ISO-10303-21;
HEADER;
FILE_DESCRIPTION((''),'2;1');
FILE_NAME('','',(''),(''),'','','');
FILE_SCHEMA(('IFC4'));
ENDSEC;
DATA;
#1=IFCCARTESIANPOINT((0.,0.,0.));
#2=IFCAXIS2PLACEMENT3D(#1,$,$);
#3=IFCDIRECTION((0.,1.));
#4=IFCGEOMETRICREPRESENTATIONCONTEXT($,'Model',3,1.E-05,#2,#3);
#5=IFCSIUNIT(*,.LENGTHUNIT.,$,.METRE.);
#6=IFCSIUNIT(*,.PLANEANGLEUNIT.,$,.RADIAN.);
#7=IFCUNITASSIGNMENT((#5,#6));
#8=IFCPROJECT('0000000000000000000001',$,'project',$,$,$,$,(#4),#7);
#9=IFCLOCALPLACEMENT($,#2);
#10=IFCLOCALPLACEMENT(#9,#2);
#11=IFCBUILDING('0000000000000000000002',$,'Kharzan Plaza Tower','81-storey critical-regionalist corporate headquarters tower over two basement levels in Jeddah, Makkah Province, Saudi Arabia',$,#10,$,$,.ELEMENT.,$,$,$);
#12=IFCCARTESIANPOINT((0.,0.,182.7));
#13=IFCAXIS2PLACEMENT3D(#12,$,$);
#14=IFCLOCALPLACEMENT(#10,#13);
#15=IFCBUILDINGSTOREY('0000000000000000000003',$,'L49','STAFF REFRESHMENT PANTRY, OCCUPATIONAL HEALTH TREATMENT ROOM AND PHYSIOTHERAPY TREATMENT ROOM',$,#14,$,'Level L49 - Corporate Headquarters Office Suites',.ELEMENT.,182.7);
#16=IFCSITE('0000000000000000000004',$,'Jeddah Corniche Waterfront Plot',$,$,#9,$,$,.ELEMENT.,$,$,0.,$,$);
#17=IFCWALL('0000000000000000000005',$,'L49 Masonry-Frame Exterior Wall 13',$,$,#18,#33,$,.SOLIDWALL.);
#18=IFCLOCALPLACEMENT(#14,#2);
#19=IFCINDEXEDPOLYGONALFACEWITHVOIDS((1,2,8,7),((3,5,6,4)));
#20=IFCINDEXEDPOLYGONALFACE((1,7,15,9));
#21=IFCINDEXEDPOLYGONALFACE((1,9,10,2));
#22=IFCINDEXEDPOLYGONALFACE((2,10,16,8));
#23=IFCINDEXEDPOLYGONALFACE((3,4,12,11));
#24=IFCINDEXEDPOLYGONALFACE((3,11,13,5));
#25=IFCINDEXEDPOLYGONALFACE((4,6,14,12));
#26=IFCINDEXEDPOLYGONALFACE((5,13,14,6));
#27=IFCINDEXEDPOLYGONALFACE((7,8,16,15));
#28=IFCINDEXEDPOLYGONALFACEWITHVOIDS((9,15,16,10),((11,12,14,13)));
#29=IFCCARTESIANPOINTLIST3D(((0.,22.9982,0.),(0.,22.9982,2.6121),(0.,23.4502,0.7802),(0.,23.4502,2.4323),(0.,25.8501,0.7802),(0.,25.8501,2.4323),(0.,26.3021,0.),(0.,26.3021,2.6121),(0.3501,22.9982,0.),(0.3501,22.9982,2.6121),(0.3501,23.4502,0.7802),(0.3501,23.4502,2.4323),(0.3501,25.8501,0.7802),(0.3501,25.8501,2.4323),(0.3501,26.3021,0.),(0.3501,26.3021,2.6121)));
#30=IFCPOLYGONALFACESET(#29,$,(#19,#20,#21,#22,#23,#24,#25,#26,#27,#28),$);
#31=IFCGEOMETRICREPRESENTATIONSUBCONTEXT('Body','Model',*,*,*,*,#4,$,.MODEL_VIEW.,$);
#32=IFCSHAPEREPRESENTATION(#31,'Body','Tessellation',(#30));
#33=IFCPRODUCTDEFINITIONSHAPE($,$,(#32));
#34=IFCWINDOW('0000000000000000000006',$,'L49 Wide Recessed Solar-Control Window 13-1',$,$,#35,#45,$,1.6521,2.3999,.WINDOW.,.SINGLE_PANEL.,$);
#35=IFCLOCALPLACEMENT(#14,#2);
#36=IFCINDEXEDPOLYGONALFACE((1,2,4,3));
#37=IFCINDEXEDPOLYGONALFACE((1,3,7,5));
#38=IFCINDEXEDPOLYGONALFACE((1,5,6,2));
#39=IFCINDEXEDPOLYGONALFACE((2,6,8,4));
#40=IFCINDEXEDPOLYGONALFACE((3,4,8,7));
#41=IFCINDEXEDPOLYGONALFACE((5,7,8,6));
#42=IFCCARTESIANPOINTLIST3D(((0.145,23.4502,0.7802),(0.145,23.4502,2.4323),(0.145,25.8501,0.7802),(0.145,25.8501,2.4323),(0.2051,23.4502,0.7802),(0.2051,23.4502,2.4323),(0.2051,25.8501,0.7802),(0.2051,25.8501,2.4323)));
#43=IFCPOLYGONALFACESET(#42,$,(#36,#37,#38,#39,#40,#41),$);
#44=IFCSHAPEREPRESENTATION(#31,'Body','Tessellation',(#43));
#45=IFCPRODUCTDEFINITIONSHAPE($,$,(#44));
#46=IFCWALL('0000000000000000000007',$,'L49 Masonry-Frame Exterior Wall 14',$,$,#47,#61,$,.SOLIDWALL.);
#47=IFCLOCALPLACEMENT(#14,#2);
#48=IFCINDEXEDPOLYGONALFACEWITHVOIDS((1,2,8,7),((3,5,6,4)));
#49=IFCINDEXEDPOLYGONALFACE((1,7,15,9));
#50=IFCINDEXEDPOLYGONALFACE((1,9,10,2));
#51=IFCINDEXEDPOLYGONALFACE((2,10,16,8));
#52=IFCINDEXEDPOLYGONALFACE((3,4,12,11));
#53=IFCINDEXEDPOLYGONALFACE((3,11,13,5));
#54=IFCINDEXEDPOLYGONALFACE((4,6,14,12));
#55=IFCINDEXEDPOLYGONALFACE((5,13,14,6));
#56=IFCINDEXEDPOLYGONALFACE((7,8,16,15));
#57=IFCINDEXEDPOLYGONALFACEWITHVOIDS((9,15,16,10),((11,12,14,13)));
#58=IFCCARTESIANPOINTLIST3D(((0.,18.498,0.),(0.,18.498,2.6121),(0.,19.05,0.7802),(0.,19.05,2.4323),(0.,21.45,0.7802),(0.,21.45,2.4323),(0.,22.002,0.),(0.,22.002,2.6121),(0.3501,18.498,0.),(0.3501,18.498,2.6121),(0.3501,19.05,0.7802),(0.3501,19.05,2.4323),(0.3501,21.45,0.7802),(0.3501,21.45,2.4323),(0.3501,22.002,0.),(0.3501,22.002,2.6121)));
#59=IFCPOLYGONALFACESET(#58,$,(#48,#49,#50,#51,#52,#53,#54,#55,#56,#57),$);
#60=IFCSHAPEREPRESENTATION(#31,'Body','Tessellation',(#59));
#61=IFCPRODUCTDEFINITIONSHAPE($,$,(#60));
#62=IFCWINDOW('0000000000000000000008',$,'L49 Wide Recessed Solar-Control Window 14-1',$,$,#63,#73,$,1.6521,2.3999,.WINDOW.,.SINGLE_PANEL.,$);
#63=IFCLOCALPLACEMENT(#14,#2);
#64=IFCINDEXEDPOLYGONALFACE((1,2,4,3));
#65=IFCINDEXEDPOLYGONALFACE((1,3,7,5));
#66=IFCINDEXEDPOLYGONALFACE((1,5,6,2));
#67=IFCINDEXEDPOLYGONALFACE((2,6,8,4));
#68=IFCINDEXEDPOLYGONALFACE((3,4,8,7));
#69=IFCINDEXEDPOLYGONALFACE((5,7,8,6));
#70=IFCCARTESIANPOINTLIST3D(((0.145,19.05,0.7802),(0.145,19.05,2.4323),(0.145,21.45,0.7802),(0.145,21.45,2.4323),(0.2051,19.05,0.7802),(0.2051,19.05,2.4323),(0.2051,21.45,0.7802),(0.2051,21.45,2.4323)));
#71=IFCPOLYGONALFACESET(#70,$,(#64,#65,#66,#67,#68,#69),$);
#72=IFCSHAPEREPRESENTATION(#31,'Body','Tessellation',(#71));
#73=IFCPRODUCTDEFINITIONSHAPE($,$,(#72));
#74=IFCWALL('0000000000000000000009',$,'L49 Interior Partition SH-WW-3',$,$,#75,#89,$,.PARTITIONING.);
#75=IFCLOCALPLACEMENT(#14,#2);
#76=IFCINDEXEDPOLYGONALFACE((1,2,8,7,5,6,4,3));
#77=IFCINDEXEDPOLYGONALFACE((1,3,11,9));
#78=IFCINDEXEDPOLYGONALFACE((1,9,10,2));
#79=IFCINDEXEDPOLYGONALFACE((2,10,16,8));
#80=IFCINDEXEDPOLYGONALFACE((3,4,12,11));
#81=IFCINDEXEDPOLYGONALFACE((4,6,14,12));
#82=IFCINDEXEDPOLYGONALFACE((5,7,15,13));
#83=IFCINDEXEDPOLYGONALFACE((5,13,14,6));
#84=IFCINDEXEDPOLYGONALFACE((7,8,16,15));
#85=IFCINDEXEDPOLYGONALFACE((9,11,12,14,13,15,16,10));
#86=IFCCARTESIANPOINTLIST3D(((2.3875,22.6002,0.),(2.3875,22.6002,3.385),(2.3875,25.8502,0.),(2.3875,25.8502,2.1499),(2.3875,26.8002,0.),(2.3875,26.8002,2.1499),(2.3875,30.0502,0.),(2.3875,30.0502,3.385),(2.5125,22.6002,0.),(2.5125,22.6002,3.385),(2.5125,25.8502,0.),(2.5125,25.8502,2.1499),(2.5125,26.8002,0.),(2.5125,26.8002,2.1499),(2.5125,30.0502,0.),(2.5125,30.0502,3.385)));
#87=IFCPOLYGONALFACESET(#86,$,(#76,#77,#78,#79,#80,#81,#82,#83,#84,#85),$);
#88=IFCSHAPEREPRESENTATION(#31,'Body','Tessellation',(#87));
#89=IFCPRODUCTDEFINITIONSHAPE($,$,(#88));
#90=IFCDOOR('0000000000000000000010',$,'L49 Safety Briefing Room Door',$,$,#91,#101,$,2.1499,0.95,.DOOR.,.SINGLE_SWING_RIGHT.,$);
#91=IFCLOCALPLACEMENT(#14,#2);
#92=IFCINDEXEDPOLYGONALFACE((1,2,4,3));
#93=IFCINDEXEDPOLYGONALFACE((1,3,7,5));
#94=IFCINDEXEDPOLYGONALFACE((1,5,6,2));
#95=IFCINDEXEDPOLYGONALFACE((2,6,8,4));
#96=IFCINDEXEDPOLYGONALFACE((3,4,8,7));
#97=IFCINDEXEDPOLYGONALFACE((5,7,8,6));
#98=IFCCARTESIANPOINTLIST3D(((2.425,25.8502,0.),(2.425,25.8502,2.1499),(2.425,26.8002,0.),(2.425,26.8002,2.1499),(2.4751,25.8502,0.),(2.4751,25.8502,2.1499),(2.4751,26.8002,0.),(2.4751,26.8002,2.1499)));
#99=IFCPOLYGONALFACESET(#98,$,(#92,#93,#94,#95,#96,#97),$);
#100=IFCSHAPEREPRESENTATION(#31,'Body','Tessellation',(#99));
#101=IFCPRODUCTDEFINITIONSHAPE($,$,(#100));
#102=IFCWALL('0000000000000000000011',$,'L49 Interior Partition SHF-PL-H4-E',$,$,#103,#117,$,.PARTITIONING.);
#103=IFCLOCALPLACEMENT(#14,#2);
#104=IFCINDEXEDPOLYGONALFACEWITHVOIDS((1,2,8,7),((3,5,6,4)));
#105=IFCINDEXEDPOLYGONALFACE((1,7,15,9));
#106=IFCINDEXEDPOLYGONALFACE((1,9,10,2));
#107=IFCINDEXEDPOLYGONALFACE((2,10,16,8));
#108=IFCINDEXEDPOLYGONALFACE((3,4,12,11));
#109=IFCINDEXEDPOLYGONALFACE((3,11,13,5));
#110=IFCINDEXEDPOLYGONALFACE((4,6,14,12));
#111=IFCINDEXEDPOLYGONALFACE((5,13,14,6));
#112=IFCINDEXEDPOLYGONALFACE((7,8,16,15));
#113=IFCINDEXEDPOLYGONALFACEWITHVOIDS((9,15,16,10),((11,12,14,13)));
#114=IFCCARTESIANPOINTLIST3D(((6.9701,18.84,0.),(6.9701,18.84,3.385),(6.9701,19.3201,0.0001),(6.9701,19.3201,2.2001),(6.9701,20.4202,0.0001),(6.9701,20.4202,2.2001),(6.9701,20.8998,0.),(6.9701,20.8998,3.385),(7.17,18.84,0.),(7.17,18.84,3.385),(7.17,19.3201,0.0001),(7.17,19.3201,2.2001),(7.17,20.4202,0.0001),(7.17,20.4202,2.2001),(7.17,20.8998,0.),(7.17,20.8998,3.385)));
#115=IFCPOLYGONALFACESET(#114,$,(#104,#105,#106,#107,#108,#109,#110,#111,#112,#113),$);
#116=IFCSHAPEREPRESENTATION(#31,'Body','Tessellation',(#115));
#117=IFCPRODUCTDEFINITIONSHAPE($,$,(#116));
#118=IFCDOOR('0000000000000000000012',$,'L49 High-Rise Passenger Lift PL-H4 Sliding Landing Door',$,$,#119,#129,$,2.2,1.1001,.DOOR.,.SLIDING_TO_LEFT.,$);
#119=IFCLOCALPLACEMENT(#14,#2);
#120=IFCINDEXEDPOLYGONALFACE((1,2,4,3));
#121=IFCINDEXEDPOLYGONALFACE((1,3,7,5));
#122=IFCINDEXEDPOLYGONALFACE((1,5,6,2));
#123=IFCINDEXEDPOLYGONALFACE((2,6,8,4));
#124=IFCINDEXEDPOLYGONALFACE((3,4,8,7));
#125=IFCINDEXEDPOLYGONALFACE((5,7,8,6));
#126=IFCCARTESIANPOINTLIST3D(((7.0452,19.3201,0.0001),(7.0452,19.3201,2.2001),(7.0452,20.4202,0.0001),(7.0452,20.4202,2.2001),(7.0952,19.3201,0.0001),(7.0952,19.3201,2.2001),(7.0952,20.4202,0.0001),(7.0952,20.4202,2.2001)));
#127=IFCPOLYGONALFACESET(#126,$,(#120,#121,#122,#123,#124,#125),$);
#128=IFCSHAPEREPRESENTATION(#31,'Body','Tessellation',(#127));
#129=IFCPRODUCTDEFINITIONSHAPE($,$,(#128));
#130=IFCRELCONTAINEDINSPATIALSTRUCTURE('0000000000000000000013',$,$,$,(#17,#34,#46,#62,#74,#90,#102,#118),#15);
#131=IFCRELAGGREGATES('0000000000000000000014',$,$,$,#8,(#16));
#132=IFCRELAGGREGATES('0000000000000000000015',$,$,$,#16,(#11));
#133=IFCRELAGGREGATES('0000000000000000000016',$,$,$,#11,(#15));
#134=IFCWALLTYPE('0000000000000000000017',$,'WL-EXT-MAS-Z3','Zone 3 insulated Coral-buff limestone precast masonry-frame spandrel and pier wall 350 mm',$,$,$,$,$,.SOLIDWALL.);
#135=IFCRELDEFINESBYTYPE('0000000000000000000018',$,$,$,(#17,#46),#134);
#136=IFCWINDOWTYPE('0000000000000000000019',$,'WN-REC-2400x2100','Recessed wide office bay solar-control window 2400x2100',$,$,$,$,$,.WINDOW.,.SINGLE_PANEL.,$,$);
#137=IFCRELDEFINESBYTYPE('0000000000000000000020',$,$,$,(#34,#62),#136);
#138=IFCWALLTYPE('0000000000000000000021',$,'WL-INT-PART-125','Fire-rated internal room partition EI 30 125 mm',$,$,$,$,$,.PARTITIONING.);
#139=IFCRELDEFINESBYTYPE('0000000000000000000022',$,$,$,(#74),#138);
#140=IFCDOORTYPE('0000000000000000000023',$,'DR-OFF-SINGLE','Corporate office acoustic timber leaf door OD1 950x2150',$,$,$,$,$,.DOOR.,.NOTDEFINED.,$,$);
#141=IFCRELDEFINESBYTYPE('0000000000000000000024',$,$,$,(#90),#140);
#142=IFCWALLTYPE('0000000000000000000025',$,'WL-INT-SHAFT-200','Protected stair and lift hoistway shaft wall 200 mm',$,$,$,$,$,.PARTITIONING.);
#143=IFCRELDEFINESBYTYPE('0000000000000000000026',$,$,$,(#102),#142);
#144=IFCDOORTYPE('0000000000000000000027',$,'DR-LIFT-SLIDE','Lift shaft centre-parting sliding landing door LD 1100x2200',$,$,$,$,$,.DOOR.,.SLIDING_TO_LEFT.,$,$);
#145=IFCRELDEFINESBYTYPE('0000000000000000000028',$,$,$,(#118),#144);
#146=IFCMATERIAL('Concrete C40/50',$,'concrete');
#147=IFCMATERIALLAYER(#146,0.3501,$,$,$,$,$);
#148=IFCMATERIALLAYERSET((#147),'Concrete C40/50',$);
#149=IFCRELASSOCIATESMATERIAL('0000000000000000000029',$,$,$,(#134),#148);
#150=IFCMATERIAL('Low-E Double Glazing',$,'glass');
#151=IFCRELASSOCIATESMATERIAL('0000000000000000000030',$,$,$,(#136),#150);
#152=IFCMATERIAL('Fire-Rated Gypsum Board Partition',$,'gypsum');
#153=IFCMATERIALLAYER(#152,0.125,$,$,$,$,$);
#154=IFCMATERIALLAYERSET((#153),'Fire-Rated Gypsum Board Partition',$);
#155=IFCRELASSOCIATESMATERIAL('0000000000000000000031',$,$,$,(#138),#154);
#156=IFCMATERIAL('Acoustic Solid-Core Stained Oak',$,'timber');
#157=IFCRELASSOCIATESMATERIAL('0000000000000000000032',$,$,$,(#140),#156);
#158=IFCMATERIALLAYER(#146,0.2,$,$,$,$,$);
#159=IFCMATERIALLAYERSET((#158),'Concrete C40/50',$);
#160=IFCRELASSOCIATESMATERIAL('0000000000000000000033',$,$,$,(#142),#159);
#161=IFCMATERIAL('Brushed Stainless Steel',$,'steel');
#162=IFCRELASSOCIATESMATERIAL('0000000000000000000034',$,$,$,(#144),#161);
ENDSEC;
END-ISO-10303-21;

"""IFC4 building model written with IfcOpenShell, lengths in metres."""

from ifc_helpers import new_model, si_unit, direction, frame, frame_2d, origin, place, context, subcontext, project, spatial, rectangle, extrude, source, transform, mapped, material, layer, layer_set, type_object, element, fill, save


model = new_model("IFC4")

# Units and contexts
model_context = context("Model", 3, precision=1e-05, world=origin(), true_north=direction((0.0, 1.0)))
body_context = subcontext(model_context, "Body", "Model", "MODEL_VIEW")
ifc_project = project(units=[si_unit("LENGTHUNIT", "METRE"), si_unit("PLANEANGLEUNIT", "RADIAN")], contexts=[model_context])

# Site, building, storey
site_placement = place(None, origin())
site = spatial("IfcSite", under=ifc_project, at=site_placement, Name="Jeddah Corniche Waterfront Plot", CompositionType="ELEMENT", RefElevation=0.0)
building_placement = place(site_placement, origin())
building = spatial("IfcBuilding", under=site, at=building_placement, Name="Kharzan Plaza Tower", Description="81-storey critical-regionalist corporate headquarters tower over two basement levels in Jeddah, Makkah Province, Saudi Arabia", CompositionType="ELEMENT")
storey_placement = place(building_placement, frame((0.0, 0.0, 182.7)))
storey = spatial("IfcBuildingStorey", under=building, at=storey_placement, Name="L49", Description="STAFF REFRESHMENT PANTRY, OCCUPATIONAL HEALTH TREATMENT ROOM AND PHYSIOTHERAPY TREATMENT ROOM", LongName="Level L49 - Corporate Headquarters Office Suites", CompositionType="ELEMENT", Elevation=182.7)

# Walls, openings, windows
ifc_material_1 = material(Name="Concrete C40/50", Category="concrete")
ifc_layer_1 = layer(ifc_material_1, 0.3501)
ifc_layer_set_1 = layer_set([ifc_layer_1], Name="Concrete C40/50")
wall_type_1 = type_object("IfcWallType", Name="WL-EXT-MAS-Z3", Description="Zone 3 insulated Coral-buff limestone precast masonry-frame spandrel and pier wall 350 mm", PredefinedType="SOLIDWALL", material=ifc_layer_set_1)
wall_1_placement = place(storey_placement, frame((0.175, 26.302, 0.0), z_axis=(0.0, 0.0, 1.0), x_axis=(0.0, -1.0, 0.0)))
wall_1 = element("IfcWall", 1, at=wall_1_placement, inside=storey, type_object=wall_type_1, Name="L49 Masonry-Frame Exterior Wall 13", PredefinedType="SOLIDWALL", context=body_context, shape_type="SweptSolid", body=[
    extrude(rectangle(XDim=3.304, YDim=0.3501, at=frame_2d((1.6519, 0.0))), origin(), (0.0, 0.0, 1.0), 2.6121),
])
opening_1_placement = place(wall_1_placement, frame((0.4519, 0.0, 0.78)))
opening_1 = element("IfcOpeningElement", 2, at=opening_1_placement, cuts=wall_1, PredefinedType="OPENING", context=body_context, shape_type="SweptSolid", body=[
    extrude(rectangle(XDim=2.3999, YDim=1.6521, at=frame_2d((1.2, 0.8262))), frame((0.0, 0.1851, 0.0), z_axis=(0.0, -1.0, 0.0), x_axis=(1.0, 0.0, 0.0)), (0.0, 0.0, 1.0), 0.3701),
])
ifc_material_2 = material(Name="Low-E Double Glazing", Category="glass")
window_type = type_object("IfcWindowType", Name="WN-REC-2400x2100", Description="Recessed wide office bay solar-control window 2400x2100", PartitioningType="SINGLE_PANEL", PredefinedType="WINDOW", material=ifc_material_2)
shared_shape_1 = source(origin(), body_context, "Body", "SweptSolid", [
    extrude(rectangle(XDim=2.3999, YDim=1.6521, at=frame_2d((1.2, 0.8262))), frame((0.0, 0.03, 0.0), z_axis=(0.0, -1.0, 0.0), x_axis=(1.0, 0.0, 0.0)), (0.0, 0.0, 1.0), 0.0601),
])
window_1_placement = place(opening_1_placement, origin())
window_1 = element("IfcWindow", 3, at=window_1_placement, inside=storey, type_object=window_type, Name="L49 Wide Recessed Solar-Control Window 13-1", OverallHeight=1.6521, OverallWidth=2.3999, PartitioningType="SINGLE_PANEL", PredefinedType="WINDOW", context=body_context, shape_type="MappedRepresentation", body=[
    mapped(shared_shape_1, transform((0.0, 0.0, 0.0), x_axis=(1.0, 0.0, 0.0), y_axis=(0.0, 1.0, 0.0), z_axis=(0.0, 0.0, 1.0))),
])
fill(opening_1, window_1)
wall_2_placement = place(storey_placement, frame((0.175, 22.002, 0.0), z_axis=(0.0, 0.0, 1.0), x_axis=(0.0, -1.0, 0.0)))
wall_2 = element("IfcWall", 4, at=wall_2_placement, inside=storey, type_object=wall_type_1, Name="L49 Masonry-Frame Exterior Wall 14", PredefinedType="SOLIDWALL", context=body_context, shape_type="SweptSolid", body=[
    extrude(rectangle(XDim=3.5039, YDim=0.3501, at=frame_2d((1.752, 0.0))), origin(), (0.0, 0.0, 1.0), 2.6121),
])
opening_2_placement = place(wall_2_placement, frame((0.552, 0.0, 0.78)))
opening_2 = element("IfcOpeningElement", 5, at=opening_2_placement, cuts=wall_2, PredefinedType="OPENING", context=body_context, shape_type="SweptSolid", body=[
    extrude(rectangle(XDim=2.3999, YDim=1.6521, at=frame_2d((1.2, 0.8262))), frame((0.0, 0.1851, 0.0), z_axis=(0.0, -1.0, 0.0), x_axis=(1.0, 0.0, 0.0)), (0.0, 0.0, 1.0), 0.3701),
])
window_2_placement = place(opening_2_placement, origin())
window_2 = element("IfcWindow", 6, at=window_2_placement, inside=storey, type_object=window_type, Name="L49 Wide Recessed Solar-Control Window 14-1", OverallHeight=1.6521, OverallWidth=2.3999, PartitioningType="SINGLE_PANEL", PredefinedType="WINDOW", context=body_context, shape_type="MappedRepresentation", body=[
    mapped(shared_shape_1, transform((0.0, 0.0, 0.0), x_axis=(1.0, 0.0, 0.0), y_axis=(0.0, 1.0, 0.0), z_axis=(0.0, 0.0, 1.0))),
])
fill(opening_2, window_2)

# Walls, openings, doors
ifc_material_3 = material(Name="Fire-Rated Gypsum Board Partition", Category="gypsum")
ifc_layer_2 = layer(ifc_material_3, 0.125)
ifc_layer_set_2 = layer_set([ifc_layer_2], Name="Fire-Rated Gypsum Board Partition")
wall_type_2 = type_object("IfcWallType", Name="WL-INT-PART-125", Description="Fire-rated internal room partition EI 30 125 mm", PredefinedType="PARTITIONING", material=ifc_layer_set_2)
wall_3_placement = place(storey_placement, frame((2.45, 22.6001, 0.0), z_axis=(0.0, 0.0, 1.0), x_axis=(0.0, 1.0, 0.0)))
wall_3 = element("IfcWall", 7, at=wall_3_placement, inside=storey, type_object=wall_type_2, Name="L49 Interior Partition SH-WW-3", PredefinedType="PARTITIONING", context=body_context, shape_type="SweptSolid", body=[
    extrude(rectangle(XDim=7.45, YDim=0.125, at=frame_2d((3.7251, 0.0))), origin(), (0.0, 0.0, 1.0), 3.385),
])
opening_3_placement = place(wall_3_placement, frame((3.25, 0.0, 0.0)))
opening_3 = element("IfcOpeningElement", 8, at=opening_3_placement, cuts=wall_3, PredefinedType="OPENING", context=body_context, shape_type="SweptSolid", body=[
    extrude(rectangle(XDim=0.95, YDim=2.1499, at=frame_2d((0.4751, 1.075))), frame((0.0, 0.0725, 0.0), z_axis=(0.0, -1.0, 0.0), x_axis=(1.0, 0.0, 0.0)), (0.0, 0.0, 1.0), 0.145),
])
ifc_material_4 = material(Name="Acoustic Solid-Core Stained Oak", Category="timber")
door_type_1 = type_object("IfcDoorType", Name="DR-OFF-SINGLE", Description="Corporate office acoustic timber leaf door OD1 950x2150", OperationType="NOTDEFINED", PredefinedType="DOOR", material=ifc_material_4)
shared_shape_2 = source(origin(), body_context, "Body", "SweptSolid", [
    extrude(rectangle(XDim=0.95, YDim=2.1499, at=frame_2d((0.4751, 1.075))), frame((0.0, 0.0249, 0.0), z_axis=(0.0, -1.0, 0.0), x_axis=(1.0, 0.0, 0.0)), (0.0, 0.0, 1.0), 0.05),
])
door_1_placement = place(opening_3_placement, origin())
door_1 = element("IfcDoor", 9, at=door_1_placement, inside=storey, type_object=door_type_1, Name="L49 Safety Briefing Room Door", OperationType="SINGLE_SWING_RIGHT", OverallHeight=2.1499, OverallWidth=0.95, PredefinedType="DOOR", context=body_context, shape_type="MappedRepresentation", body=[
    mapped(shared_shape_2, transform((0.0, 0.0, 0.0), x_axis=(1.0, 0.0, 0.0), y_axis=(0.0, 1.0, 0.0), z_axis=(0.0, 0.0, 1.0))),
])
fill(opening_3, door_1)
ifc_layer_3 = layer(ifc_material_1, 0.2)
ifc_layer_set_3 = layer_set([ifc_layer_3], Name="Concrete C40/50")
wall_type_3 = type_object("IfcWallType", Name="WL-INT-SHAFT-200", Description="Protected stair and lift hoistway shaft wall 200 mm", PredefinedType="PARTITIONING", material=ifc_layer_set_3)
wall_4_placement = place(storey_placement, frame((7.0701, 18.8401, 0.0), z_axis=(0.0, 0.0, 1.0), x_axis=(0.0, 1.0, 0.0)))
wall_4 = element("IfcWall", 10, at=wall_4_placement, inside=storey, type_object=wall_type_3, Name="L49 Interior Partition SHF-PL-H4-E", PredefinedType="PARTITIONING", context=body_context, shape_type="SweptSolid", body=[
    extrude(rectangle(XDim=2.0598, YDim=0.2, at=frame_2d((1.0298, 0.0))), origin(), (0.0, 0.0, 1.0), 3.385),
])
opening_4_placement = place(wall_4_placement, frame((0.48, 0.0, 0.0)))
opening_4 = element("IfcOpeningElement", 11, at=opening_4_placement, cuts=wall_4, PredefinedType="OPENING", context=body_context, shape_type="SweptSolid", body=[
    extrude(rectangle(XDim=1.1001, YDim=2.2, at=frame_2d((0.55, 1.1001))), frame((0.0, 0.1099, 0.0), z_axis=(0.0, -1.0, 0.0), x_axis=(1.0, 0.0, 0.0)), (0.0, 0.0, 1.0), 0.22),
])
ifc_material_5 = material(Name="Brushed Stainless Steel", Category="steel")
door_type_2 = type_object("IfcDoorType", Name="DR-LIFT-SLIDE", Description="Lift shaft centre-parting sliding landing door LD 1100x2200", OperationType="SLIDING_TO_LEFT", PredefinedType="DOOR", material=ifc_material_5)
shared_shape_3 = source(origin(), body_context, "Body", "SweptSolid", [
    extrude(rectangle(XDim=1.1001, YDim=2.2, at=frame_2d((0.55, 1.1001))), frame((0.0, 0.0249, 0.0), z_axis=(0.0, -1.0, 0.0), x_axis=(1.0, 0.0, 0.0)), (0.0, 0.0, 1.0), 0.05),
])
door_2_placement = place(opening_4_placement, origin())
door_2 = element("IfcDoor", 12, at=door_2_placement, inside=storey, type_object=door_type_2, Name="L49 High-Rise Passenger Lift PL-H4 Sliding Landing Door", OperationType="SLIDING_TO_LEFT", OverallHeight=2.2, OverallWidth=1.1001, PredefinedType="DOOR", context=body_context, shape_type="MappedRepresentation", body=[
    mapped(shared_shape_3, transform((0.0, 0.0, 0.0), x_axis=(1.0, 0.0, 0.0), y_axis=(0.0, 1.0, 0.0), z_axis=(0.0, 0.0, 1.0))),
])
fill(opening_4, door_2)

save(model, "model.ifc")
